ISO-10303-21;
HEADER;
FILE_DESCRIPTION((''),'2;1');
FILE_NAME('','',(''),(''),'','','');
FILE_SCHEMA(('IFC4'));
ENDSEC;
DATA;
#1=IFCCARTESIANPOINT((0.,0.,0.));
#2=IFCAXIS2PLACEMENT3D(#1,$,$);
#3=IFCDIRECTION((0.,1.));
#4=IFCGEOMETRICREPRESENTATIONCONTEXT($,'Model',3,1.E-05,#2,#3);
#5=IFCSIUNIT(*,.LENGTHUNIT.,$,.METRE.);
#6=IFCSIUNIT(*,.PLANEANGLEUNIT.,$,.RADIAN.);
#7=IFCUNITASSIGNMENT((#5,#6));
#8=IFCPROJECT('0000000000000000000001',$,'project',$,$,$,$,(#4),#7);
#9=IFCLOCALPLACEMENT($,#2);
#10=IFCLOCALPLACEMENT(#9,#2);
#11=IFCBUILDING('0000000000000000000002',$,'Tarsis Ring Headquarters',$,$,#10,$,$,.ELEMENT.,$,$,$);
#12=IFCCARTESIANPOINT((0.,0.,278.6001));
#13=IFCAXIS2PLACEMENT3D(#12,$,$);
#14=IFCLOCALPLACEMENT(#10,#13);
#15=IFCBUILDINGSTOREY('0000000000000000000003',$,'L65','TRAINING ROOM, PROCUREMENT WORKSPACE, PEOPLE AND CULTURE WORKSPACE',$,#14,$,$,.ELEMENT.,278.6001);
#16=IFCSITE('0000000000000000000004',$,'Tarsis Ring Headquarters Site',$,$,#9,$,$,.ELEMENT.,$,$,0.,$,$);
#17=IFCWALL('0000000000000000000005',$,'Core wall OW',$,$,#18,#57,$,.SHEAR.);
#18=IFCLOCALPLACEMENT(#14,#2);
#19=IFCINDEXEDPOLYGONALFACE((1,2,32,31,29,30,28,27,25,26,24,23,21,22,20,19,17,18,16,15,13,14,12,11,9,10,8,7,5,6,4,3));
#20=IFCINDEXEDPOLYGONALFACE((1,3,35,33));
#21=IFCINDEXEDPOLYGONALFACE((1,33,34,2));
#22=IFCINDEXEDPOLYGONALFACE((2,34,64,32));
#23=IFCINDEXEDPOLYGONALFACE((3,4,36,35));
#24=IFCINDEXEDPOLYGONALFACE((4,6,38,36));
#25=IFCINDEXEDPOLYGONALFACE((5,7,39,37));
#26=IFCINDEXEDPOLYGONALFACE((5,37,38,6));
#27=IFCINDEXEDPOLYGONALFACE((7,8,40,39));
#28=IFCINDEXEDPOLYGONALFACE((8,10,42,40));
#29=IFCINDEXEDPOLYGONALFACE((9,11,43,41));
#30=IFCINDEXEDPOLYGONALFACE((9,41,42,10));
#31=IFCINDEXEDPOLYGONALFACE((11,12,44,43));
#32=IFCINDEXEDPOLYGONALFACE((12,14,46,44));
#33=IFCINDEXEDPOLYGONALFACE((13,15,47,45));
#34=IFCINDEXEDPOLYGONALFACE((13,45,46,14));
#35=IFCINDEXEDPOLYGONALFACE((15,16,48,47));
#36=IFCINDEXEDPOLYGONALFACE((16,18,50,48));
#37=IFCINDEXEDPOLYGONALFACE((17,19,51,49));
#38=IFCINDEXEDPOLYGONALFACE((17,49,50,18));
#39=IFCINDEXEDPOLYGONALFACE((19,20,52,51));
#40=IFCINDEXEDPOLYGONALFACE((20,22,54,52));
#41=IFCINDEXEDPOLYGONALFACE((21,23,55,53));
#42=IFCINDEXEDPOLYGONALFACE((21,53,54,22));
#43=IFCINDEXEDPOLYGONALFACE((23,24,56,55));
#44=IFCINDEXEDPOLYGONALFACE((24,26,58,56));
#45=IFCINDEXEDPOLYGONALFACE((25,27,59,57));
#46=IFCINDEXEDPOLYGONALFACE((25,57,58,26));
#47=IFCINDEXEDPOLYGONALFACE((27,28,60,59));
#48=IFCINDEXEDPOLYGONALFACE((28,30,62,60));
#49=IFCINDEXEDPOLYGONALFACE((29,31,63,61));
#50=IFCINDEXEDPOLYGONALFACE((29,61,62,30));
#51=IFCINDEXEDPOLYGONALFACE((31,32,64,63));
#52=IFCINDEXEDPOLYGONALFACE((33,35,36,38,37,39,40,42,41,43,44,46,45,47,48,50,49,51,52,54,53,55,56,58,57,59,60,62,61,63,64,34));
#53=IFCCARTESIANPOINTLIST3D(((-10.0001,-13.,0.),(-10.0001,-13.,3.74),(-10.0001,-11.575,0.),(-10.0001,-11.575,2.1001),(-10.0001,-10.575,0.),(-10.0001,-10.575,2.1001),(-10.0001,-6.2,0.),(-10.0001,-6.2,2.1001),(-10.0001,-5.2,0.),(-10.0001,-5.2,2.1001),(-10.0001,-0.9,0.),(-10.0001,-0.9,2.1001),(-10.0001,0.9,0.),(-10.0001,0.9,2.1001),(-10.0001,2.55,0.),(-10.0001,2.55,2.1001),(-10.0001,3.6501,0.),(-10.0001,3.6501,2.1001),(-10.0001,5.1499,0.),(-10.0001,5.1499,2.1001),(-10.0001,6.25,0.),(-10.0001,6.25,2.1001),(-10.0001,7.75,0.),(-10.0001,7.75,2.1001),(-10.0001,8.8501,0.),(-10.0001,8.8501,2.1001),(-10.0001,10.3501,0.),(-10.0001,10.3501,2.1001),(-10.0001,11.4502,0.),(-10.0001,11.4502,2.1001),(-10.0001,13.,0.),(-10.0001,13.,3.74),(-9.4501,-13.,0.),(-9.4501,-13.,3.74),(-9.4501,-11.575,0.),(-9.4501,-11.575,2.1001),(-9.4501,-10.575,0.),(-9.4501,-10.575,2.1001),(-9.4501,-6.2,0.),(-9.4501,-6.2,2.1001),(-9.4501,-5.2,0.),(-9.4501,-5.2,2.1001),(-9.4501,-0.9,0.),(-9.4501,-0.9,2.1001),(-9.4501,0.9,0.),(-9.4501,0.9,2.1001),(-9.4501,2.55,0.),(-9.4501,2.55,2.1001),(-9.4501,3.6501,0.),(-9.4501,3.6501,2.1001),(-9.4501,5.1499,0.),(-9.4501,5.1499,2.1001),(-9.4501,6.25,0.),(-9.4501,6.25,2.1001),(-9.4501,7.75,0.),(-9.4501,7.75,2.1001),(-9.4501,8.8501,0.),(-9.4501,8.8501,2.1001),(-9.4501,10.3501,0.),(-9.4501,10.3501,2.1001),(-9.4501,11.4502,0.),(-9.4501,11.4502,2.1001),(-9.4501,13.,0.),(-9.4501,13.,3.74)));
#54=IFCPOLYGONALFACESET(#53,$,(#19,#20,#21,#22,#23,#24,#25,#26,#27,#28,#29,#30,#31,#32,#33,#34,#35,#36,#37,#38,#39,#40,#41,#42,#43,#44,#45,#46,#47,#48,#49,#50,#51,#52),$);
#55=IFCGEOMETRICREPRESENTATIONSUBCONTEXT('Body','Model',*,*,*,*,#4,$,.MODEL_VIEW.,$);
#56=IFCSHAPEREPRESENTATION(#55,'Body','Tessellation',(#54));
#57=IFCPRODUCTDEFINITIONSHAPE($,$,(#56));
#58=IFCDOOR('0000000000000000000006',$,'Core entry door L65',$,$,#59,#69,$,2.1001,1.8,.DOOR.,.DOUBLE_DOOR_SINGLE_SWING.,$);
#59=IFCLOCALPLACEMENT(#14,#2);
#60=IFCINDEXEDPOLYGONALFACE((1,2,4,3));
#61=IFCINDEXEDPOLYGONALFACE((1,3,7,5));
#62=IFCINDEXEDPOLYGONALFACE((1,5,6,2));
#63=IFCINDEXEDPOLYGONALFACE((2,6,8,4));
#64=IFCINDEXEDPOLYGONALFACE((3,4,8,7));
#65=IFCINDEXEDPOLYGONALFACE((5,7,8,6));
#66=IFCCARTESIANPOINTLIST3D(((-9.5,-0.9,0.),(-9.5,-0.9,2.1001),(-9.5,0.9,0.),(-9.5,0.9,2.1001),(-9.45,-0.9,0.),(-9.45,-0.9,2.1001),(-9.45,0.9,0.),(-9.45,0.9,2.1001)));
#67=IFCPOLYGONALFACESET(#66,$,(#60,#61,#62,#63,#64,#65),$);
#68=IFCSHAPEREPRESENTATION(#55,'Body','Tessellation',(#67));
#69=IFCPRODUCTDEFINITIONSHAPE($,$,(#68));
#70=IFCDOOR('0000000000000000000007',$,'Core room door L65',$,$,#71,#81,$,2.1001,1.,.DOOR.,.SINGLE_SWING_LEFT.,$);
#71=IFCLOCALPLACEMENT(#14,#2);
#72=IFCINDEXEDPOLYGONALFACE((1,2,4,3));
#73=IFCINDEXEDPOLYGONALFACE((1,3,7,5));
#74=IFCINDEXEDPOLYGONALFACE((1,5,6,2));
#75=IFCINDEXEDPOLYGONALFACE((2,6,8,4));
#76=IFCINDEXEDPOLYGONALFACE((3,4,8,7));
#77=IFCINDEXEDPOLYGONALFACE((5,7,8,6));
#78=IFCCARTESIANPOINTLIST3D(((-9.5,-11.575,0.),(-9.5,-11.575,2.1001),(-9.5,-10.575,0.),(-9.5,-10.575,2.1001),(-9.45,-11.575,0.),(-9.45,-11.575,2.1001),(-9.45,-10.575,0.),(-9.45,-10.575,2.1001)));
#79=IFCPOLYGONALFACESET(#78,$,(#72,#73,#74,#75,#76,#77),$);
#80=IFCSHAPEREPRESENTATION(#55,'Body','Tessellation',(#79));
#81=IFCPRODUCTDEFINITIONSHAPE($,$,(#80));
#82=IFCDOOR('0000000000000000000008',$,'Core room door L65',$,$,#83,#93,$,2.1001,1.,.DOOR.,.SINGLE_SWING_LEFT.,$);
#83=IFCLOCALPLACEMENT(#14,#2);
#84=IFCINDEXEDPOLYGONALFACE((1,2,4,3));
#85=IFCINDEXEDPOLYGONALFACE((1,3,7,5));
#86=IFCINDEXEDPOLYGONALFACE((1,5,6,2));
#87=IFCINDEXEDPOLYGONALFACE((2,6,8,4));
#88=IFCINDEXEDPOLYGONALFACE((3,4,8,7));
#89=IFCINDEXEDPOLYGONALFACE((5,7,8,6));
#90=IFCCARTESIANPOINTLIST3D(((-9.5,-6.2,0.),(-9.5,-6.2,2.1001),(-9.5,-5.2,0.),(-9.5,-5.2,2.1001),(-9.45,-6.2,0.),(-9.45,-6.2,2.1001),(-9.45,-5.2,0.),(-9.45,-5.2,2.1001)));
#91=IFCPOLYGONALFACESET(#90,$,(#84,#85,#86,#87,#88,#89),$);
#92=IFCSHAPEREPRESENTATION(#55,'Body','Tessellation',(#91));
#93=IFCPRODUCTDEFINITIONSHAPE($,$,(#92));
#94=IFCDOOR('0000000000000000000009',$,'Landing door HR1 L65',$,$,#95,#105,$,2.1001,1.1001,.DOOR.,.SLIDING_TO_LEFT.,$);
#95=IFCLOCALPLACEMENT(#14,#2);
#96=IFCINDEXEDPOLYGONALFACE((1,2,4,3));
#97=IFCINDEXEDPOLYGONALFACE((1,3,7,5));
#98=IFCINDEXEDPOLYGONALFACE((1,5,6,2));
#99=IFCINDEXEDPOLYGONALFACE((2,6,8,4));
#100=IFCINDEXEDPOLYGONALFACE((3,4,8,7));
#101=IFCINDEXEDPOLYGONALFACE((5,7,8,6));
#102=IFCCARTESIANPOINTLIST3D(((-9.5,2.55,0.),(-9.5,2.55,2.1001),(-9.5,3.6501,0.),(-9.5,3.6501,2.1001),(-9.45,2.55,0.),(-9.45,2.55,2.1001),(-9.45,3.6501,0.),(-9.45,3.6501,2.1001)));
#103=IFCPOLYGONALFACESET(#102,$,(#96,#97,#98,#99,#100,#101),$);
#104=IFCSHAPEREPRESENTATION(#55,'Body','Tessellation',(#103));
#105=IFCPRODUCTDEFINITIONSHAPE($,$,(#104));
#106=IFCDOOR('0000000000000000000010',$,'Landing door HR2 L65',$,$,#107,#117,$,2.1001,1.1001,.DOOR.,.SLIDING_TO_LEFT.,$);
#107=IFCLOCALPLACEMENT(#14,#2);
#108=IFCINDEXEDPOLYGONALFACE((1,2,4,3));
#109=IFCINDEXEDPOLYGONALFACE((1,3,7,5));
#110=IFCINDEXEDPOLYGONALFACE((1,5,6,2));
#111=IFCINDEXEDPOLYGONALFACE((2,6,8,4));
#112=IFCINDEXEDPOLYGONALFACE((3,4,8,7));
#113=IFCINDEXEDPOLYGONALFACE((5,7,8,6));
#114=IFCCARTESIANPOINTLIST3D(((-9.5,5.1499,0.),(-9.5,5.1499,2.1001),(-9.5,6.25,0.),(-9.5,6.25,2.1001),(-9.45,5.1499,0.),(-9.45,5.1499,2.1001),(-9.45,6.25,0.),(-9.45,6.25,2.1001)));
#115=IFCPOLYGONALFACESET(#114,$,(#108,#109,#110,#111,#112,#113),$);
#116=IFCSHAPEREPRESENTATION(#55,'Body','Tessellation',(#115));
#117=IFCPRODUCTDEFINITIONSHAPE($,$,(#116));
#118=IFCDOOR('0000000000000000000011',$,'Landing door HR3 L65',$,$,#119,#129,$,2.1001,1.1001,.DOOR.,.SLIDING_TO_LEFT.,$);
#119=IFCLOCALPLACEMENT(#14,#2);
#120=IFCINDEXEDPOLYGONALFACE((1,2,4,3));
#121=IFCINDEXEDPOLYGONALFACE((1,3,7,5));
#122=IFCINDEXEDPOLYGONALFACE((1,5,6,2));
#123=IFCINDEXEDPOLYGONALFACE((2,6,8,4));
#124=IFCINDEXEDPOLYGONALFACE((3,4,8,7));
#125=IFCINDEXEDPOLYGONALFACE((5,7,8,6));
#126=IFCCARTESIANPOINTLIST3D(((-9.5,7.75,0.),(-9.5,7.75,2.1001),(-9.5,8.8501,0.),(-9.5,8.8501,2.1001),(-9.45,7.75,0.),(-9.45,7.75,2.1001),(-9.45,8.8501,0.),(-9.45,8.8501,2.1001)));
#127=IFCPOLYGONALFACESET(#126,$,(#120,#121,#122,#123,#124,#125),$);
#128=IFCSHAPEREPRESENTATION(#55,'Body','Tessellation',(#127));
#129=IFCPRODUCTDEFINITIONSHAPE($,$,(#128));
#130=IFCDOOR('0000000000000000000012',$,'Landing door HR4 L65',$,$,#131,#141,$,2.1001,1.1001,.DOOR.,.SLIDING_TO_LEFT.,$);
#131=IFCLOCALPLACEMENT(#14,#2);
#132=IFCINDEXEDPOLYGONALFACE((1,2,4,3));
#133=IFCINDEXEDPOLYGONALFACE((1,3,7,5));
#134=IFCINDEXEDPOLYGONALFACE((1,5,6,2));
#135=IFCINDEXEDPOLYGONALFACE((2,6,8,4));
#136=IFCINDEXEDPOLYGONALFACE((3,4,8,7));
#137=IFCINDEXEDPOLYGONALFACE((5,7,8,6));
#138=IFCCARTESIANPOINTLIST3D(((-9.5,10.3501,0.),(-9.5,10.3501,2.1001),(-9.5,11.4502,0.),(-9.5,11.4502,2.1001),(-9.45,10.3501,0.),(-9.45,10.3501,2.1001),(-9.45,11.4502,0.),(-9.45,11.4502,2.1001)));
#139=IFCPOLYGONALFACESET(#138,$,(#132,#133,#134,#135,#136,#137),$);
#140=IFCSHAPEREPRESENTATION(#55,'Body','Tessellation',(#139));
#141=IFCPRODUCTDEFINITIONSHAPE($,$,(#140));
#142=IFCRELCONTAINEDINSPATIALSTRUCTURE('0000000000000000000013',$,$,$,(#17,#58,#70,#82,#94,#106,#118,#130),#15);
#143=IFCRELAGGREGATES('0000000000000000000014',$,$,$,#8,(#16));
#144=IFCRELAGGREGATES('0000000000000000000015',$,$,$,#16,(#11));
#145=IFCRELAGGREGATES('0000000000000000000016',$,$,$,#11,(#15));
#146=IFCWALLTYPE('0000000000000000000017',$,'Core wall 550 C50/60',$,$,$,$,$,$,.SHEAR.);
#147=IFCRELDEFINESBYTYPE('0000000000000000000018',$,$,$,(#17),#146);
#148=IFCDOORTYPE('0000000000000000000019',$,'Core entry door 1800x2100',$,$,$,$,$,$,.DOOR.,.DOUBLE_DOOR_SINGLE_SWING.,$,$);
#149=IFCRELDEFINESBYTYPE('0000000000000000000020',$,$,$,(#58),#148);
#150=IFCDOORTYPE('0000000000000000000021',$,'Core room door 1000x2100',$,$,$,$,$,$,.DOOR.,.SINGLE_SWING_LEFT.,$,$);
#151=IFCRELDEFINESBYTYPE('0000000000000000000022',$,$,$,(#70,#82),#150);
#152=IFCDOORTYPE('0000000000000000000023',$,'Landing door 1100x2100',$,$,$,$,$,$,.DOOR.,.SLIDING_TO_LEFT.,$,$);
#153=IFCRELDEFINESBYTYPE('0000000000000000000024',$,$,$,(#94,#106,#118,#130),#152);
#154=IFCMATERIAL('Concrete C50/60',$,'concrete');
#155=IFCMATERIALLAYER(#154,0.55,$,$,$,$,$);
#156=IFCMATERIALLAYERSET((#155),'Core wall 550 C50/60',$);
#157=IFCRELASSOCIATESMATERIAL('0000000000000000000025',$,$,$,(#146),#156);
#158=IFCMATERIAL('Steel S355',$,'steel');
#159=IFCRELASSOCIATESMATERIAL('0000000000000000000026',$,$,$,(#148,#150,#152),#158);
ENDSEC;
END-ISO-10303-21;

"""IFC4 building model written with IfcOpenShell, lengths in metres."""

from ifc_helpers import new_model, si_unit, direction, frame, frame_2d, origin, place, context, subcontext, project, spatial, rectangle, extrude, material, layer, layer_set, type_object, element, fill, save


model = new_model("IFC4")

# Units and contexts
model_context = context("Model", 3, precision=1e-05, world=origin(), true_north=direction((0.0, 1.0)))
body_context = subcontext(model_context, "Body", "Model", "MODEL_VIEW")
ifc_project = project(units=[si_unit("LENGTHUNIT", "METRE"), si_unit("PLANEANGLEUNIT", "RADIAN")], contexts=[model_context])

# Site, building, storey
site_placement = place(None, origin())
site = spatial("IfcSite", under=ifc_project, at=site_placement, Name="Tarsis Ring Headquarters Site", CompositionType="ELEMENT", RefElevation=0.0)
building_placement = place(site_placement, origin())
building = spatial("IfcBuilding", under=site, at=building_placement, Name="Tarsis Ring Headquarters", CompositionType="ELEMENT")
storey_placement = place(building_placement, frame((0.0, 0.0, 278.6001)))
storey = spatial("IfcBuildingStorey", under=building, at=storey_placement, Name="L65", Description="TRAINING ROOM, PROCUREMENT WORKSPACE, PEOPLE AND CULTURE WORKSPACE", CompositionType="ELEMENT", Elevation=278.6001)

# Wall, openings, doors
ifc_material_1 = material(Name="Concrete C50/60", Category="concrete")
ifc_layer_1 = layer(ifc_material_1, 0.55)
ifc_layer_set_1 = layer_set([ifc_layer_1], Name="Core wall 550 C50/60")
wall_type_1 = type_object("IfcWallType", Name="Core wall 550 C50/60", PredefinedType="SHEAR", material=ifc_layer_set_1)
wall_1_placement = place(storey_placement, frame((-9.7251, -13.0, 0.0), z_axis=(0.0, 0.0, 1.0), x_axis=(0.0, 1.0, 0.0)))
wall_1 = element("IfcWall", 1, at=wall_1_placement, inside=storey, type_object=wall_type_1, Name="Core wall OW", PredefinedType="SHEAR", context=body_context, shape_type="SweptSolid", body=[
    extrude(rectangle(XDim=26.0, YDim=0.55, at=frame_2d((13.0, 0.0))), origin(), (0.0, 0.0, 1.0), 3.74),
])
opening_1_placement = place(wall_1_placement, frame((1.425, 0.0, 0.0)))
opening_1 = element("IfcOpeningElement", 2, at=opening_1_placement, cuts=wall_1, PredefinedType="OPENING", context=body_context, shape_type="SweptSolid", body=[
    extrude(rectangle(XDim=1.0, YDim=2.1001, at=frame_2d((0.5, 1.05))), frame((0.0, 0.2849, 0.0), z_axis=(0.0, -1.0, 0.0), x_axis=(1.0, 0.0, 0.0)), (0.0, 0.0, 1.0), 0.5701),
])
opening_2_placement = place(wall_1_placement, frame((6.8, 0.0, 0.0)))
opening_2 = element("IfcOpeningElement", 3, at=opening_2_placement, cuts=wall_1, PredefinedType="OPENING", context=body_context, shape_type="SweptSolid", body=[
    extrude(rectangle(XDim=1.0, YDim=2.1001, at=frame_2d((0.5, 1.05))), frame((0.0, 0.2849, 0.0), z_axis=(0.0, -1.0, 0.0), x_axis=(1.0, 0.0, 0.0)), (0.0, 0.0, 1.0), 0.5701),
])
opening_3_placement = place(wall_1_placement, frame((12.1001, 0.0, 0.0)))
opening_3 = element("IfcOpeningElement", 4, at=opening_3_placement, cuts=wall_1, PredefinedType="OPENING", context=body_context, shape_type="SweptSolid", body=[
    extrude(rectangle(XDim=1.8, YDim=2.1001, at=frame_2d((0.8999, 1.05))), frame((0.0, 0.2849, 0.0), z_axis=(0.0, -1.0, 0.0), x_axis=(1.0, 0.0, 0.0)), (0.0, 0.0, 1.0), 0.5701),
])
opening_4_placement = place(wall_1_placement, frame((15.55, 0.0, 0.0)))
opening_4 = element("IfcOpeningElement", 5, at=opening_4_placement, cuts=wall_1, PredefinedType="OPENING", context=body_context, shape_type="SweptSolid", body=[
    extrude(rectangle(XDim=1.1001, YDim=2.1001, at=frame_2d((0.55, 1.05))), frame((0.0, 0.2849, 0.0), z_axis=(0.0, -1.0, 0.0), x_axis=(1.0, 0.0, 0.0)), (0.0, 0.0, 1.0), 0.5701),
])
opening_5_placement = place(wall_1_placement, frame((18.1499, 0.0, 0.0)))
opening_5 = element("IfcOpeningElement", 6, at=opening_5_placement, cuts=wall_1, PredefinedType="OPENING", context=body_context, shape_type="SweptSolid", body=[
    extrude(rectangle(XDim=1.1001, YDim=2.1001, at=frame_2d((0.55, 1.05))), frame((0.0, 0.2849, 0.0), z_axis=(0.0, -1.0, 0.0), x_axis=(1.0, 0.0, 0.0)), (0.0, 0.0, 1.0), 0.5701),
])
opening_6_placement = place(wall_1_placement, frame((20.75, 0.0, 0.0)))
opening_6 = element("IfcOpeningElement", 7, at=opening_6_placement, cuts=wall_1, PredefinedType="OPENING", context=body_context, shape_type="SweptSolid", body=[
    extrude(rectangle(XDim=1.1001, YDim=2.1001, at=frame_2d((0.55, 1.05))), frame((0.0, 0.2849, 0.0), z_axis=(0.0, -1.0, 0.0), x_axis=(1.0, 0.0, 0.0)), (0.0, 0.0, 1.0), 0.5701),
])
opening_7_placement = place(wall_1_placement, frame((23.3501, 0.0, 0.0)))
opening_7 = element("IfcOpeningElement", 8, at=opening_7_placement, cuts=wall_1, PredefinedType="OPENING", context=body_context, shape_type="SweptSolid", body=[
    extrude(rectangle(XDim=1.1001, YDim=2.1001, at=frame_2d((0.55, 1.05))), frame((0.0, 0.2849, 0.0), z_axis=(0.0, -1.0, 0.0), x_axis=(1.0, 0.0, 0.0)), (0.0, 0.0, 1.0), 0.5701),
])
ifc_material_2 = material(Name="Steel S355", Category="steel")
door_type_1 = type_object("IfcDoorType", Name="Core entry door 1800x2100", OperationType="DOUBLE_DOOR_SINGLE_SWING", PredefinedType="DOOR", material=ifc_material_2)
door_1_placement = place(opening_3_placement, origin())
door_1 = element("IfcDoor", 9, at=door_1_placement, inside=storey, type_object=door_type_1, Name="Core entry door L65", OperationType="DOUBLE_DOOR_SINGLE_SWING", OverallHeight=2.1001, OverallWidth=1.8, PredefinedType="DOOR", context=body_context, shape_type="SweptSolid", body=[
    extrude(rectangle(XDim=1.8, YDim=2.1001, at=frame_2d((0.8999, 1.05))), frame((0.0, -0.2251, 0.0), z_axis=(0.0, -1.0, 0.0), x_axis=(1.0, 0.0, 0.0)), (0.0, 0.0, 1.0), 0.05),
])
fill(opening_3, door_1)
door_type_2 = type_object("IfcDoorType", Name="Core room door 1000x2100", OperationType="SINGLE_SWING_LEFT", PredefinedType="DOOR", material=ifc_material_2)
door_2_placement = place(opening_1_placement, origin())
door_2 = element("IfcDoor", 10, at=door_2_placement, inside=storey, type_object=door_type_2, Name="Core room door L65", OperationType="SINGLE_SWING_LEFT", OverallHeight=2.1001, OverallWidth=1.0, PredefinedType="DOOR", context=body_context, shape_type="SweptSolid", body=[
    extrude(rectangle(XDim=1.0, YDim=2.1001, at=frame_2d((0.5, 1.05))), frame((0.0, -0.2251, 0.0), z_axis=(0.0, -1.0, 0.0), x_axis=(1.0, 0.0, 0.0)), (0.0, 0.0, 1.0), 0.05),
])
fill(opening_1, door_2)
door_3_placement = place(opening_2_placement, origin())
door_3 = element("IfcDoor", 11, at=door_3_placement, inside=storey, type_object=door_type_2, Name="Core room door L65", OperationType="SINGLE_SWING_LEFT", OverallHeight=2.1001, OverallWidth=1.0, PredefinedType="DOOR", context=body_context, shape_type="SweptSolid", body=[
    extrude(rectangle(XDim=1.0, YDim=2.1001, at=frame_2d((0.5, 1.05))), frame((0.0, -0.2251, 0.0), z_axis=(0.0, -1.0, 0.0), x_axis=(1.0, 0.0, 0.0)), (0.0, 0.0, 1.0), 0.05),
])
fill(opening_2, door_3)
door_type_3 = type_object("IfcDoorType", Name="Landing door 1100x2100", OperationType="SLIDING_TO_LEFT", PredefinedType="DOOR", material=ifc_material_2)
door_4_placement = place(opening_4_placement, origin())
door_4 = element("IfcDoor", 12, at=door_4_placement, inside=storey, type_object=door_type_3, Name="Landing door HR1 L65", OperationType="SLIDING_TO_LEFT", OverallHeight=2.1001, OverallWidth=1.1001, PredefinedType="DOOR", context=body_context, shape_type="SweptSolid", body=[
    extrude(rectangle(XDim=1.1001, YDim=2.1001, at=frame_2d((0.55, 1.05))), frame((0.0, -0.2251, 0.0), z_axis=(0.0, -1.0, 0.0), x_axis=(1.0, 0.0, 0.0)), (0.0, 0.0, 1.0), 0.05),
])
fill(opening_4, door_4)
door_5_placement = place(opening_5_placement, origin())
door_5 = element("IfcDoor", 13, at=door_5_placement, inside=storey, type_object=door_type_3, Name="Landing door HR2 L65", OperationType="SLIDING_TO_LEFT", OverallHeight=2.1001, OverallWidth=1.1001, PredefinedType="DOOR", context=body_context, shape_type="SweptSolid", body=[
    extrude(rectangle(XDim=1.1001, YDim=2.1001, at=frame_2d((0.55, 1.05))), frame((0.0, -0.2251, 0.0), z_axis=(0.0, -1.0, 0.0), x_axis=(1.0, 0.0, 0.0)), (0.0, 0.0, 1.0), 0.05),
])
fill(opening_5, door_5)
door_6_placement = place(opening_6_placement, origin())
door_6 = element("IfcDoor", 14, at=door_6_placement, inside=storey, type_object=door_type_3, Name="Landing door HR3 L65", OperationType="SLIDING_TO_LEFT", OverallHeight=2.1001, OverallWidth=1.1001, PredefinedType="DOOR", context=body_context, shape_type="SweptSolid", body=[
    extrude(rectangle(XDim=1.1001, YDim=2.1001, at=frame_2d((0.55, 1.05))), frame((0.0, -0.2251, 0.0), z_axis=(0.0, -1.0, 0.0), x_axis=(1.0, 0.0, 0.0)), (0.0, 0.0, 1.0), 0.05),
])
fill(opening_6, door_6)
door_7_placement = place(opening_7_placement, origin())
door_7 = element("IfcDoor", 15, at=door_7_placement, inside=storey, type_object=door_type_3, Name="Landing door HR4 L65", OperationType="SLIDING_TO_LEFT", OverallHeight=2.1001, OverallWidth=1.1001, PredefinedType="DOOR", context=body_context, shape_type="SweptSolid", body=[
    extrude(rectangle(XDim=1.1001, YDim=2.1001, at=frame_2d((0.55, 1.05))), frame((0.0, -0.2251, 0.0), z_axis=(0.0, -1.0, 0.0), x_axis=(1.0, 0.0, 0.0)), (0.0, 0.0, 1.0), 0.05),
])
fill(opening_7, door_7)

save(model, "model.ifc")
